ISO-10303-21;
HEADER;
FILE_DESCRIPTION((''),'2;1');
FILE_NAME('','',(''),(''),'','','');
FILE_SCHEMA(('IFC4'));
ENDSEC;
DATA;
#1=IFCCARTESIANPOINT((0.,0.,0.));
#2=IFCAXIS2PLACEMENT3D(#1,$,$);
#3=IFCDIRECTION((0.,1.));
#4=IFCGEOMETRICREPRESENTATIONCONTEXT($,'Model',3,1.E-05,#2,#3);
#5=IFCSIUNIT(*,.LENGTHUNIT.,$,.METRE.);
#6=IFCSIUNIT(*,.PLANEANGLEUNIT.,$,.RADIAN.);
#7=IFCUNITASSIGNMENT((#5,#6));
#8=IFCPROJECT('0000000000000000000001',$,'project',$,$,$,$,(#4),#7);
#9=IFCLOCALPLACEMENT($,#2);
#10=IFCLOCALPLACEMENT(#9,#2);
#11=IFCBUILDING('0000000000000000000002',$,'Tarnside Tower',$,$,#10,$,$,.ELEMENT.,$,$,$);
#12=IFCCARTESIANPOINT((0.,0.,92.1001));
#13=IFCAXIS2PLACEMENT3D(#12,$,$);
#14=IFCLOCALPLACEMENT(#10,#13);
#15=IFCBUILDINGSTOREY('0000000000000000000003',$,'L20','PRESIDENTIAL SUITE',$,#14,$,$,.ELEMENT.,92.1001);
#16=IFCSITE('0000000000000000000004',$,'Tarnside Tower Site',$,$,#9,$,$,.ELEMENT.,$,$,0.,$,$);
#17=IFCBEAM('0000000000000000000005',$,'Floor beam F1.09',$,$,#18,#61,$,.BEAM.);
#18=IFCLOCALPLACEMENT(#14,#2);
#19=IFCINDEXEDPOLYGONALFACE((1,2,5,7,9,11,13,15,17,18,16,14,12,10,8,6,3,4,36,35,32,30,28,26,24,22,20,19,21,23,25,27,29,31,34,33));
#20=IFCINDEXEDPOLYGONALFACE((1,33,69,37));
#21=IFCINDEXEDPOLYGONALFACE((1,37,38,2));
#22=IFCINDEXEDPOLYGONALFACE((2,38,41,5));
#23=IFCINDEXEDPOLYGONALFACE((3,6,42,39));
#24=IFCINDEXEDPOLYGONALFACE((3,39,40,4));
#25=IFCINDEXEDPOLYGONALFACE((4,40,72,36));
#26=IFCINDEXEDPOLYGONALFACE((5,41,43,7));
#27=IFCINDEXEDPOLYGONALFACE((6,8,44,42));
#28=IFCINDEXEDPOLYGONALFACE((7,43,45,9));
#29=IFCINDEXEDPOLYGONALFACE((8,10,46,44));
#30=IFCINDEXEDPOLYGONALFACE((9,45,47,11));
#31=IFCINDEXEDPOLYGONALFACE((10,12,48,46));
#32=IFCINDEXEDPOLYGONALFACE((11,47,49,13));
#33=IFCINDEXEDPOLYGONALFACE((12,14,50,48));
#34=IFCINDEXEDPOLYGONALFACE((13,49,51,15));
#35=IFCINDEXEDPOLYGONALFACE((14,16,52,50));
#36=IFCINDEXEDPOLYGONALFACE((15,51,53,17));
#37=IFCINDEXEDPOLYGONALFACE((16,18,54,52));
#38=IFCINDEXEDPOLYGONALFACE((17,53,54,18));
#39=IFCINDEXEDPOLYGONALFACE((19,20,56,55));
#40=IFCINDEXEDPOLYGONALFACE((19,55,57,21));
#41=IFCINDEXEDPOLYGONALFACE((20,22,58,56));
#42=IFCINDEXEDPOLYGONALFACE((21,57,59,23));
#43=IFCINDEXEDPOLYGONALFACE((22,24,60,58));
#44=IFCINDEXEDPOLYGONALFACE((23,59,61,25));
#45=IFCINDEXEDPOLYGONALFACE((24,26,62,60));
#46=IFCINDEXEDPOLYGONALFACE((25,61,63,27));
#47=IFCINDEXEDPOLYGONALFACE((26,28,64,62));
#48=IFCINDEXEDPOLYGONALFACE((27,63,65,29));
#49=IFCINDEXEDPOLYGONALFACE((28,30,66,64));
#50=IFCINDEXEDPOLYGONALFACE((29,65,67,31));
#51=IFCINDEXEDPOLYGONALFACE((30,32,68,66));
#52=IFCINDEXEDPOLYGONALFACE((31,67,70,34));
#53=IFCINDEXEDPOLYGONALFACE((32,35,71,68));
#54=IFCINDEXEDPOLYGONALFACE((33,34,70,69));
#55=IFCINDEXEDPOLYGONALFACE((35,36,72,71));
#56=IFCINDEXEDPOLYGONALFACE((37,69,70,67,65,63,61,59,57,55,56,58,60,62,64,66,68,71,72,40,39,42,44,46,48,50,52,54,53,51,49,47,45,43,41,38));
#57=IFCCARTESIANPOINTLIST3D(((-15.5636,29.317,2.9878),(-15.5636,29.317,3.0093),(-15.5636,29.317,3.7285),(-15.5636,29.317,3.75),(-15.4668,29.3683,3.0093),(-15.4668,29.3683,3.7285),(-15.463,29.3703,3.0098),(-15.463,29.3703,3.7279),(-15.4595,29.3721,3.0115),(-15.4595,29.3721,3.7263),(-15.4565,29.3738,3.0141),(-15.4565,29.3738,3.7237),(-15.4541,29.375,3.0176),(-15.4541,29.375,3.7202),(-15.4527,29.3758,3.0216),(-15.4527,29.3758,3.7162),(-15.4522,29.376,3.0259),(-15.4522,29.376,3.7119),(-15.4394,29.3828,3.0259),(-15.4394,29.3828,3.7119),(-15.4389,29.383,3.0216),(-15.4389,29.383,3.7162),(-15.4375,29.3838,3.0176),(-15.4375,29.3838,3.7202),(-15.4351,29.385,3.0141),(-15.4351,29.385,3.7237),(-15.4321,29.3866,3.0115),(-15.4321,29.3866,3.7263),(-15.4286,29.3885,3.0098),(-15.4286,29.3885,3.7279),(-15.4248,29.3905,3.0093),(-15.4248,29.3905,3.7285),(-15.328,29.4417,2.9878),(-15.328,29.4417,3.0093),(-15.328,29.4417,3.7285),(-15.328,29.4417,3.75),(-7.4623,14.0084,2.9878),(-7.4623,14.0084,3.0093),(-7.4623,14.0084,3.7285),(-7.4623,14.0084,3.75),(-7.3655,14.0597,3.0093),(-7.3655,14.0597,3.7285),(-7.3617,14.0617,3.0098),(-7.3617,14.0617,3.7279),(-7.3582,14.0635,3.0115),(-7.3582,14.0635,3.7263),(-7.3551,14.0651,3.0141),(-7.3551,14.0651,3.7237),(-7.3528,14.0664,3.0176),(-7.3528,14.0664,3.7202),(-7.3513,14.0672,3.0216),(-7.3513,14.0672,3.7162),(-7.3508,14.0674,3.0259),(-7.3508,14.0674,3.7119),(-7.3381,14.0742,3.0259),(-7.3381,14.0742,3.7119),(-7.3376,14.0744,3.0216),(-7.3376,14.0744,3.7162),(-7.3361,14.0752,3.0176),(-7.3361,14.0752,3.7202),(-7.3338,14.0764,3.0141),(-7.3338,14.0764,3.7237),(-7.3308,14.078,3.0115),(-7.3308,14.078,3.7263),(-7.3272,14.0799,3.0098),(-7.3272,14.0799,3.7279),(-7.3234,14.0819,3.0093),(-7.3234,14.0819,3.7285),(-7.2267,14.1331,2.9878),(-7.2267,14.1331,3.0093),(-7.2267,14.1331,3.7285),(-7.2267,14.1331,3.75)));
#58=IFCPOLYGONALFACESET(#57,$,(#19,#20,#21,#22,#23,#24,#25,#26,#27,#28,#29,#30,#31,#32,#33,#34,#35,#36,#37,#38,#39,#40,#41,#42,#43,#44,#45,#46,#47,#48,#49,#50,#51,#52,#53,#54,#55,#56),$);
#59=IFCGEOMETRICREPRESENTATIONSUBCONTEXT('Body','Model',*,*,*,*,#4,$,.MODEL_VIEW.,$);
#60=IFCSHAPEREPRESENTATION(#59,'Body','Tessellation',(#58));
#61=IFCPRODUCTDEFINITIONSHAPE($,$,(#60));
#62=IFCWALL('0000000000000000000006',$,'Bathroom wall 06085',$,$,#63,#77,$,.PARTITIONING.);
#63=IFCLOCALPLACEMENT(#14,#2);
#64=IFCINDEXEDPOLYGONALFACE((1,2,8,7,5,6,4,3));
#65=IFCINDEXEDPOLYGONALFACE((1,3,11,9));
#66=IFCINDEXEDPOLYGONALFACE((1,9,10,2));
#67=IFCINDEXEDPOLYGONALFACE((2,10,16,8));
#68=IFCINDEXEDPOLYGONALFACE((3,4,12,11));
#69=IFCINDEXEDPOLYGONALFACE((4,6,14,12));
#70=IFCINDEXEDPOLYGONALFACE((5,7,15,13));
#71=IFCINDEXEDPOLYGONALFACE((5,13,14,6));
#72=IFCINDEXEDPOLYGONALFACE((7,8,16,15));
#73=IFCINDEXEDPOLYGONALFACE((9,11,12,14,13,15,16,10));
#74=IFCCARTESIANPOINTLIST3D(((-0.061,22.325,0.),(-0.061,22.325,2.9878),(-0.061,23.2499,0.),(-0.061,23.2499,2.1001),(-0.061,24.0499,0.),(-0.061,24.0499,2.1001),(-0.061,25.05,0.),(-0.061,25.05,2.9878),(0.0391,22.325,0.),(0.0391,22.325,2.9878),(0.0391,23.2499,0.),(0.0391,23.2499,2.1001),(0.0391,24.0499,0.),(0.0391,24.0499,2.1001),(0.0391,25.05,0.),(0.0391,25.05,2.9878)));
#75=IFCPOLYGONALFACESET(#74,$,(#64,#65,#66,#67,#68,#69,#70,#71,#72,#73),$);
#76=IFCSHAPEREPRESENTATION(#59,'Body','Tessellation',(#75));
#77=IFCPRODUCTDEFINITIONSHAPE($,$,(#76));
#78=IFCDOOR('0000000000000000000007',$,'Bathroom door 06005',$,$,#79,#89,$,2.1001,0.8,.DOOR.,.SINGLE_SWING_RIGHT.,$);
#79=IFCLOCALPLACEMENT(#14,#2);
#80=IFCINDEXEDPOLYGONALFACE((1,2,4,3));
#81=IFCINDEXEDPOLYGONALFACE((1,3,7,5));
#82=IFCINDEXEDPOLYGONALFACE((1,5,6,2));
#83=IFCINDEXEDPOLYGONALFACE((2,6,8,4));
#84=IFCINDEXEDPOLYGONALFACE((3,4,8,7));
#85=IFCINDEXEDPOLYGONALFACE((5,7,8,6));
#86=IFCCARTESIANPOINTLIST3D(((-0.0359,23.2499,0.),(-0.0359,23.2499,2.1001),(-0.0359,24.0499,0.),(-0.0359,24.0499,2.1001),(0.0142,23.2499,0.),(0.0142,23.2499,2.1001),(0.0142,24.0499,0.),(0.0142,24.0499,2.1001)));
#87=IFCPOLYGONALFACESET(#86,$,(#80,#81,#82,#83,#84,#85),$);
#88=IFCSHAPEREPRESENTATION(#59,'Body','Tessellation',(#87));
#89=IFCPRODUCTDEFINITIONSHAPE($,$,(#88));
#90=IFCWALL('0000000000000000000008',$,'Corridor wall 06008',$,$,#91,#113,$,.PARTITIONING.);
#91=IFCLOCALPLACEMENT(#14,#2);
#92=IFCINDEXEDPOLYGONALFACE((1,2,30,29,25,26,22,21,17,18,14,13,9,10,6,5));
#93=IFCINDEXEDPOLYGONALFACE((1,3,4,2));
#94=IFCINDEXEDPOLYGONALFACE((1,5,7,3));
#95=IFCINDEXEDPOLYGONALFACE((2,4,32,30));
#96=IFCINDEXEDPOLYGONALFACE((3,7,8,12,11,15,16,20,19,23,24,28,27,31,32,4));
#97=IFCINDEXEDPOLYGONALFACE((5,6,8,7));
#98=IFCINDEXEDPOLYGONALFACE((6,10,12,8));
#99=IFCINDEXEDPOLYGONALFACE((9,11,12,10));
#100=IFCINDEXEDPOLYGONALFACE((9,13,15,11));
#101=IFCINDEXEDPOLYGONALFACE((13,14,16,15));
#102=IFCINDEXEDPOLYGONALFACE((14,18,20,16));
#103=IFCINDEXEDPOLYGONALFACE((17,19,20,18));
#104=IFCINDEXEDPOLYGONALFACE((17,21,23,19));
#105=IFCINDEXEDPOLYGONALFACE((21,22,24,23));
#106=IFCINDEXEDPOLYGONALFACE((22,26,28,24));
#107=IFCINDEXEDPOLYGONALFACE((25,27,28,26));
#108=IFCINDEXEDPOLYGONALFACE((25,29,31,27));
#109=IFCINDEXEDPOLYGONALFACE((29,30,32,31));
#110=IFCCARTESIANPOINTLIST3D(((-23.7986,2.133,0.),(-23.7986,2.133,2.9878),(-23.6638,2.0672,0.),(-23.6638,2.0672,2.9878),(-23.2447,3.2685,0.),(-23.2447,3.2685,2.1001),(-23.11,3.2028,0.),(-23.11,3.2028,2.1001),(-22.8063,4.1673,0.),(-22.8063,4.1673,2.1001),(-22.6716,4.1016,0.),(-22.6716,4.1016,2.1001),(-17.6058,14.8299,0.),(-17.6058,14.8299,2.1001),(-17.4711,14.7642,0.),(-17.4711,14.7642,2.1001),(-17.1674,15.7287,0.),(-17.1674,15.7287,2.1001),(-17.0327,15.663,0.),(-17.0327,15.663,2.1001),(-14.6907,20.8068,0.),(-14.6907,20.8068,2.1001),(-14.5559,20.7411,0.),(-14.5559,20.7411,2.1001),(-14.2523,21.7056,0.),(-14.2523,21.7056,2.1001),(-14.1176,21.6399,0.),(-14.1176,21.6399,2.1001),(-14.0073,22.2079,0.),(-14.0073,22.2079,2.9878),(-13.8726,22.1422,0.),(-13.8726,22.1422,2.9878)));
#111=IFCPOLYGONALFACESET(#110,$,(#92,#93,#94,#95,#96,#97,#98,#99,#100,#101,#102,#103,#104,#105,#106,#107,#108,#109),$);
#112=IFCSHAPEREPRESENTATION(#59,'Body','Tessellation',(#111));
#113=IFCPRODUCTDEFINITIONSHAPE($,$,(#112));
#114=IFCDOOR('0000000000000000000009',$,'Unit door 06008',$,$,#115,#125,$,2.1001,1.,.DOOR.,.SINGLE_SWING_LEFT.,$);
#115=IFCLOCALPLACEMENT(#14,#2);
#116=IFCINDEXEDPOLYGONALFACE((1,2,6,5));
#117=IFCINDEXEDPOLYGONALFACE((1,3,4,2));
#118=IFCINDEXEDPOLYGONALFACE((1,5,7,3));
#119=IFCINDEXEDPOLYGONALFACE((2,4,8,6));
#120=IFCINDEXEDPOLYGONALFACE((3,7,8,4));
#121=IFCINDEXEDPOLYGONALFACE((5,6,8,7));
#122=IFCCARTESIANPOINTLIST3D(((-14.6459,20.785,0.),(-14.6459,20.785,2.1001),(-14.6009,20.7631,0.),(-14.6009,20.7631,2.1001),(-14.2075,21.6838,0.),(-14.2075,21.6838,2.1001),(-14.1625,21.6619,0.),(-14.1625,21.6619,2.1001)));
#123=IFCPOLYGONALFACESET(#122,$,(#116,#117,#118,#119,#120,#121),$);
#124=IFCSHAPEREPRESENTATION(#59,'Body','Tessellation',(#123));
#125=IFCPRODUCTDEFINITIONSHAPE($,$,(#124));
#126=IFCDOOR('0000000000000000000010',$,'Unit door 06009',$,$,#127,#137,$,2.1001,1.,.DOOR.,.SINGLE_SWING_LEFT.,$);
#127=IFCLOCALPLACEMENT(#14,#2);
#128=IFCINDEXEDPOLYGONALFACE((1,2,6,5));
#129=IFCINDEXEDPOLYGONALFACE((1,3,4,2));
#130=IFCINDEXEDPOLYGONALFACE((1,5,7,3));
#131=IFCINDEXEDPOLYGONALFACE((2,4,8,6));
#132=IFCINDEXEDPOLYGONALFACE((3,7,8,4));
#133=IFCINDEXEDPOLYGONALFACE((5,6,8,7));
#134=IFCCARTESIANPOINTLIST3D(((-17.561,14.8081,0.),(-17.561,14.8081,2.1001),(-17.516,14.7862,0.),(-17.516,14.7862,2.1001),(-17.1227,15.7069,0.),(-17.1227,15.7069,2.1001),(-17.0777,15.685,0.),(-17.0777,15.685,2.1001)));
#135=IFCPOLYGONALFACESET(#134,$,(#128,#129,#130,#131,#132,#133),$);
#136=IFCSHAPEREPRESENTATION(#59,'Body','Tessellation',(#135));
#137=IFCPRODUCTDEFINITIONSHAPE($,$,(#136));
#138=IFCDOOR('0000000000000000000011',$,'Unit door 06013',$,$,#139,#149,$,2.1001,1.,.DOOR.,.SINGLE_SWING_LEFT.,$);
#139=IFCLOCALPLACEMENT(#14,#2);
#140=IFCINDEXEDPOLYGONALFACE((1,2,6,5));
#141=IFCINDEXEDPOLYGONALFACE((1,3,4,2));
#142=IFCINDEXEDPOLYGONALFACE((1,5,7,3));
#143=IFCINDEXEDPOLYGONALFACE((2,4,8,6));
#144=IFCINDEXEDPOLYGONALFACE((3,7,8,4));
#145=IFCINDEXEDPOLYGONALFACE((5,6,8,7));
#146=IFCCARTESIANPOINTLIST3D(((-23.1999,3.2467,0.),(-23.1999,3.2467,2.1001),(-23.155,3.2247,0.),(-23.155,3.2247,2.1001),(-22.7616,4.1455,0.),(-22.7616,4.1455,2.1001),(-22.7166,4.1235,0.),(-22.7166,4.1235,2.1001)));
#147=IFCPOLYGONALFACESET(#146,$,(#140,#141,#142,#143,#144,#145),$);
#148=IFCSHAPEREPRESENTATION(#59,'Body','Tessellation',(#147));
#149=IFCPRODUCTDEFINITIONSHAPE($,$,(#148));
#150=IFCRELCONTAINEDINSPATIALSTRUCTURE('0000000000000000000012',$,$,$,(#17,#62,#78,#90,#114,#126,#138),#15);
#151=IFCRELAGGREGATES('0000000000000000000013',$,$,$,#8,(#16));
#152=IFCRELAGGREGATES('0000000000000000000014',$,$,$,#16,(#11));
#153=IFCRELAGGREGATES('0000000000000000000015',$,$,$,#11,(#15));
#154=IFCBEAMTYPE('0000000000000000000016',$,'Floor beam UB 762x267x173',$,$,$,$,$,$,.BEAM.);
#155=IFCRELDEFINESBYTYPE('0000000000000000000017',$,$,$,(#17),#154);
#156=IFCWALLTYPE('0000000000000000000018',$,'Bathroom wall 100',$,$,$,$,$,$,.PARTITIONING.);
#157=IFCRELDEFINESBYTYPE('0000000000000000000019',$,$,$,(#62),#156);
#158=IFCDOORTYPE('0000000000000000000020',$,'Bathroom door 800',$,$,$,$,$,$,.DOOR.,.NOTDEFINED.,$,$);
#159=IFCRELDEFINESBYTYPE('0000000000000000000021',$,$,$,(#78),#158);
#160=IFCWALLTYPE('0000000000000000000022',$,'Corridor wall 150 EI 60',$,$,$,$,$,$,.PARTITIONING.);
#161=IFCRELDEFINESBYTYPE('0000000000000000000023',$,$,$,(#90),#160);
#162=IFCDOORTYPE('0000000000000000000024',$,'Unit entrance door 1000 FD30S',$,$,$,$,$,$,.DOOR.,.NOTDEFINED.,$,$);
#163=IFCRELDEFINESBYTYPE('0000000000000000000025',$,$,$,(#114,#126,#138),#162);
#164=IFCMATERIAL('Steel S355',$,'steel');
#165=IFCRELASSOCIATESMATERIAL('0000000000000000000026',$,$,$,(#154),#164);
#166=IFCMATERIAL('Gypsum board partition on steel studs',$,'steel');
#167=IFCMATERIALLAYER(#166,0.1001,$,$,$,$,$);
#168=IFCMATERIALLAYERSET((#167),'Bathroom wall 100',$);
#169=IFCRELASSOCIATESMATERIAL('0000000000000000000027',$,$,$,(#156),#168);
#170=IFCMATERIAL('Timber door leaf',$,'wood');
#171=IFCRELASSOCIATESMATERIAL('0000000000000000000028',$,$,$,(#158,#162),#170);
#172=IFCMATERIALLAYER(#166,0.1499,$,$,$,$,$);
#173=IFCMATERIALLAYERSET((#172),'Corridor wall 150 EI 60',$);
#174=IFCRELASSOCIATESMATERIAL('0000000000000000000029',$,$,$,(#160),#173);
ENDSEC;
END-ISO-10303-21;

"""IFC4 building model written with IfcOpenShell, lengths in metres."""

from ifc_helpers import new_model, si_unit, direction, frame, frame_2d, origin, origin_2d, place, context, subcontext, project, spatial, rectangle, i_section, extrude, material, layer, layer_set, material_profile, profile_set, type_object, element, fill, save


model = new_model("IFC4")

# Units and contexts
model_context = context("Model", 3, precision=1e-05, world=origin(), true_north=direction((0.0, 1.0)))
body_context = subcontext(model_context, "Body", "Model", "MODEL_VIEW")
ifc_project = project(units=[si_unit("LENGTHUNIT", "METRE"), si_unit("PLANEANGLEUNIT", "RADIAN")], contexts=[model_context])

# Site, building, storey
site_placement = place(None, origin())
site = spatial("IfcSite", under=ifc_project, at=site_placement, Name="Tarnside Tower Site", CompositionType="ELEMENT", RefElevation=0.0)
building_placement = place(site_placement, origin())
building = spatial("IfcBuilding", under=site, at=building_placement, Name="Tarnside Tower", CompositionType="ELEMENT")
storey_placement = place(building_placement, frame((0.0, 0.0, 92.1001)))
storey = spatial("IfcBuildingStorey", under=building, at=storey_placement, Name="L20", Description="PRESIDENTIAL SUITE", CompositionType="ELEMENT", Elevation=92.1001)

# Beam
ifc_material_1 = material(Name="Steel S355", Category="steel")
ifc_material_profile_1 = material_profile(ifc_material_1, i_section(OverallWidth=0.2666, OverallDepth=0.7622, WebThickness=0.0144, FlangeThickness=0.0215, FilletRadius=0.0166, at=origin_2d()), Name="UB 762x267x173")
ifc_profile_set_1 = profile_set([ifc_material_profile_1], Name="Steel S355")
beam_type_1 = type_object("IfcBeamType", Name="Floor beam UB 762x267x173", PredefinedType="BEAM", material=ifc_profile_set_1)
beam_1_placement = place(storey_placement, frame((-15.4458, 29.3794, 3.3689), z_axis=(0.467742, -0.883865, 0.0), x_axis=(0.883865, 0.467742, 0.0)))
element("IfcBeam", 1, at=beam_1_placement, inside=storey, type_object=beam_type_1, Name="Floor beam F1.09", PredefinedType="BEAM", context=body_context, shape_type="SweptSolid", body=[
    extrude(i_section(OverallWidth=0.2666, OverallDepth=0.7622, WebThickness=0.0144, FlangeThickness=0.0215, FilletRadius=0.0166, at=origin_2d()), origin(), (0.0, 0.0, 1.0), 17.3201),
])

# Wall, opening, door
ifc_material_2 = material(Name="Gypsum board partition on steel studs", Category="steel")
ifc_layer_1 = layer(ifc_material_2, 0.1001)
ifc_layer_set_1 = layer_set([ifc_layer_1], Name="Bathroom wall 100")
wall_type_1 = type_object("IfcWallType", Name="Bathroom wall 100", PredefinedType="PARTITIONING", material=ifc_layer_set_1)
wall_1_placement = place(storey_placement, frame((-0.011, 22.325, 0.0), z_axis=(0.0, 0.0, 1.0), x_axis=(0.0, 1.0, 0.0)))
wall_1 = element("IfcWall", 2, at=wall_1_placement, inside=storey, type_object=wall_type_1, Name="Bathroom wall 06085", PredefinedType="PARTITIONING", context=body_context, shape_type="SweptSolid", body=[
    extrude(rectangle(XDim=2.7251, YDim=0.1001, at=frame_2d((1.3625, 0.0))), origin(), (0.0, 0.0, 1.0), 2.9878),
])
opening_1_placement = place(wall_1_placement, frame((0.925, 0.0, 0.0)))
opening_1 = element("IfcOpeningElement", 3, at=opening_1_placement, cuts=wall_1, PredefinedType="OPENING", context=body_context, shape_type="SweptSolid", body=[
    extrude(rectangle(XDim=0.8, YDim=2.1001, at=frame_2d((0.3999, 1.05))), frame((0.0, 0.0601, 0.0), z_axis=(0.0, -1.0, 0.0), x_axis=(1.0, 0.0, 0.0)), (0.0, 0.0, 1.0), 0.1201),
])
ifc_material_3 = material(Name="Timber door leaf", Category="wood")
door_type_1 = type_object("IfcDoorType", Name="Bathroom door 800", OperationType="NOTDEFINED", PredefinedType="DOOR", material=ifc_material_3)
door_1_placement = place(opening_1_placement, origin())
door_1 = element("IfcDoor", 4, at=door_1_placement, inside=storey, type_object=door_type_1, Name="Bathroom door 06005", OperationType="SINGLE_SWING_RIGHT", OverallHeight=2.1001, OverallWidth=0.8, PredefinedType="DOOR", context=body_context, shape_type="SweptSolid", body=[
    extrude(rectangle(XDim=0.8, YDim=2.1001, at=frame_2d((0.3999, 1.05))), frame((0.0, 0.0249, 0.0), z_axis=(0.0, -1.0, 0.0), x_axis=(1.0, 0.0, 0.0)), (0.0, 0.0, 1.0), 0.05),
])
fill(opening_1, door_1)

# Wall, openings, doors
ifc_layer_2 = layer(ifc_material_2, 0.1499)
ifc_layer_set_2 = layer_set([ifc_layer_2], Name="Corridor wall 150 EI 60")
wall_type_2 = type_object("IfcWallType", Name="Corridor wall 150 EI 60", PredefinedType="PARTITIONING", material=ifc_layer_set_2)
wall_2_placement = place(storey_placement, frame((-13.9399, 22.175, 0.0), z_axis=(0.0, 0.0, 1.0), x_axis=(-0.438373, -0.898793, 0.0)))
wall_2 = element("IfcWall", 5, at=wall_2_placement, inside=storey, type_object=wall_type_2, Name="Corridor wall 06008", PredefinedType="PARTITIONING", context=body_context, shape_type="SweptSolid", body=[
    extrude(rectangle(XDim=22.3354, YDim=0.1499, at=frame_2d((11.1677, 0.0))), origin(), (0.0, 0.0, 1.0), 2.9878),
])
opening_2_placement = place(wall_2_placement, frame((0.5588, 0.0, 0.0)))
opening_2 = element("IfcOpeningElement", 6, at=opening_2_placement, cuts=wall_2, PredefinedType="OPENING", context=body_context, shape_type="SweptSolid", body=[
    extrude(rectangle(XDim=1.0, YDim=2.1001, at=frame_2d((0.5, 1.05))), frame((0.0, 0.085, 0.0), z_axis=(0.0, -1.0, 0.0), x_axis=(1.0, 0.0, 0.0)), (0.0, 0.0, 1.0), 0.1699),
])
opening_3_placement = place(wall_2_placement, frame((7.2087, 0.0, 0.0)))
opening_3 = element("IfcOpeningElement", 7, at=opening_3_placement, cuts=wall_2, PredefinedType="OPENING", context=body_context, shape_type="SweptSolid", body=[
    extrude(rectangle(XDim=1.0, YDim=2.1001, at=frame_2d((0.5, 1.05))), frame((0.0, 0.085, 0.0), z_axis=(0.0, -1.0, 0.0), x_axis=(1.0, 0.0, 0.0)), (0.0, 0.0, 1.0), 0.1699),
])
opening_4_placement = place(wall_2_placement, frame((20.072, 0.0, 0.0)))
opening_4 = element("IfcOpeningElement", 8, at=opening_4_placement, cuts=wall_2, PredefinedType="OPENING", context=body_context, shape_type="SweptSolid", body=[
    extrude(rectangle(XDim=1.0, YDim=2.1001, at=frame_2d((0.5, 1.05))), frame((0.0, 0.085, 0.0), z_axis=(0.0, -1.0, 0.0), x_axis=(1.0, 0.0, 0.0)), (0.0, 0.0, 1.0), 0.1699),
])
door_type_2 = type_object("IfcDoorType", Name="Unit entrance door 1000 FD30S", OperationType="NOTDEFINED", PredefinedType="DOOR", material=ifc_material_3)
door_2_placement = place(opening_2_placement, origin())
door_2 = element("IfcDoor", 9, at=door_2_placement, inside=storey, type_object=door_type_2, Name="Unit door 06008", OperationType="SINGLE_SWING_LEFT", OverallHeight=2.1001, OverallWidth=1.0, PredefinedType="DOOR", context=body_context, shape_type="SweptSolid", body=[
    extrude(rectangle(XDim=1.0, YDim=2.1001, at=frame_2d((0.5, 1.05))), frame((0.0, 0.0249, 0.0), z_axis=(0.0, -1.0, 0.0), x_axis=(1.0, 0.0, 0.0)), (0.0, 0.0, 1.0), 0.05),
])
fill(opening_2, door_2)
door_3_placement = place(opening_3_placement, origin())
door_3 = element("IfcDoor", 10, at=door_3_placement, inside=storey, type_object=door_type_2, Name="Unit door 06009", OperationType="SINGLE_SWING_LEFT", OverallHeight=2.1001, OverallWidth=1.0, PredefinedType="DOOR", context=body_context, shape_type="SweptSolid", body=[
    extrude(rectangle(XDim=1.0, YDim=2.1001, at=frame_2d((0.5, 1.05))), frame((0.0, 0.0249, 0.0), z_axis=(0.0, -1.0, 0.0), x_axis=(1.0, 0.0, 0.0)), (0.0, 0.0, 1.0), 0.05),
])
fill(opening_3, door_3)
door_4_placement = place(opening_4_placement, origin())
door_4 = element("IfcDoor", 11, at=door_4_placement, inside=storey, type_object=door_type_2, Name="Unit door 06013", OperationType="SINGLE_SWING_LEFT", OverallHeight=2.1001, OverallWidth=1.0, PredefinedType="DOOR", context=body_context, shape_type="SweptSolid", body=[
    extrude(rectangle(XDim=1.0, YDim=2.1001, at=frame_2d((0.5, 1.05))), frame((0.0, 0.0249, 0.0), z_axis=(0.0, -1.0, 0.0), x_axis=(1.0, 0.0, 0.0)), (0.0, 0.0, 1.0), 0.05),
])
fill(opening_4, door_4)

save(model, "model.ifc")
